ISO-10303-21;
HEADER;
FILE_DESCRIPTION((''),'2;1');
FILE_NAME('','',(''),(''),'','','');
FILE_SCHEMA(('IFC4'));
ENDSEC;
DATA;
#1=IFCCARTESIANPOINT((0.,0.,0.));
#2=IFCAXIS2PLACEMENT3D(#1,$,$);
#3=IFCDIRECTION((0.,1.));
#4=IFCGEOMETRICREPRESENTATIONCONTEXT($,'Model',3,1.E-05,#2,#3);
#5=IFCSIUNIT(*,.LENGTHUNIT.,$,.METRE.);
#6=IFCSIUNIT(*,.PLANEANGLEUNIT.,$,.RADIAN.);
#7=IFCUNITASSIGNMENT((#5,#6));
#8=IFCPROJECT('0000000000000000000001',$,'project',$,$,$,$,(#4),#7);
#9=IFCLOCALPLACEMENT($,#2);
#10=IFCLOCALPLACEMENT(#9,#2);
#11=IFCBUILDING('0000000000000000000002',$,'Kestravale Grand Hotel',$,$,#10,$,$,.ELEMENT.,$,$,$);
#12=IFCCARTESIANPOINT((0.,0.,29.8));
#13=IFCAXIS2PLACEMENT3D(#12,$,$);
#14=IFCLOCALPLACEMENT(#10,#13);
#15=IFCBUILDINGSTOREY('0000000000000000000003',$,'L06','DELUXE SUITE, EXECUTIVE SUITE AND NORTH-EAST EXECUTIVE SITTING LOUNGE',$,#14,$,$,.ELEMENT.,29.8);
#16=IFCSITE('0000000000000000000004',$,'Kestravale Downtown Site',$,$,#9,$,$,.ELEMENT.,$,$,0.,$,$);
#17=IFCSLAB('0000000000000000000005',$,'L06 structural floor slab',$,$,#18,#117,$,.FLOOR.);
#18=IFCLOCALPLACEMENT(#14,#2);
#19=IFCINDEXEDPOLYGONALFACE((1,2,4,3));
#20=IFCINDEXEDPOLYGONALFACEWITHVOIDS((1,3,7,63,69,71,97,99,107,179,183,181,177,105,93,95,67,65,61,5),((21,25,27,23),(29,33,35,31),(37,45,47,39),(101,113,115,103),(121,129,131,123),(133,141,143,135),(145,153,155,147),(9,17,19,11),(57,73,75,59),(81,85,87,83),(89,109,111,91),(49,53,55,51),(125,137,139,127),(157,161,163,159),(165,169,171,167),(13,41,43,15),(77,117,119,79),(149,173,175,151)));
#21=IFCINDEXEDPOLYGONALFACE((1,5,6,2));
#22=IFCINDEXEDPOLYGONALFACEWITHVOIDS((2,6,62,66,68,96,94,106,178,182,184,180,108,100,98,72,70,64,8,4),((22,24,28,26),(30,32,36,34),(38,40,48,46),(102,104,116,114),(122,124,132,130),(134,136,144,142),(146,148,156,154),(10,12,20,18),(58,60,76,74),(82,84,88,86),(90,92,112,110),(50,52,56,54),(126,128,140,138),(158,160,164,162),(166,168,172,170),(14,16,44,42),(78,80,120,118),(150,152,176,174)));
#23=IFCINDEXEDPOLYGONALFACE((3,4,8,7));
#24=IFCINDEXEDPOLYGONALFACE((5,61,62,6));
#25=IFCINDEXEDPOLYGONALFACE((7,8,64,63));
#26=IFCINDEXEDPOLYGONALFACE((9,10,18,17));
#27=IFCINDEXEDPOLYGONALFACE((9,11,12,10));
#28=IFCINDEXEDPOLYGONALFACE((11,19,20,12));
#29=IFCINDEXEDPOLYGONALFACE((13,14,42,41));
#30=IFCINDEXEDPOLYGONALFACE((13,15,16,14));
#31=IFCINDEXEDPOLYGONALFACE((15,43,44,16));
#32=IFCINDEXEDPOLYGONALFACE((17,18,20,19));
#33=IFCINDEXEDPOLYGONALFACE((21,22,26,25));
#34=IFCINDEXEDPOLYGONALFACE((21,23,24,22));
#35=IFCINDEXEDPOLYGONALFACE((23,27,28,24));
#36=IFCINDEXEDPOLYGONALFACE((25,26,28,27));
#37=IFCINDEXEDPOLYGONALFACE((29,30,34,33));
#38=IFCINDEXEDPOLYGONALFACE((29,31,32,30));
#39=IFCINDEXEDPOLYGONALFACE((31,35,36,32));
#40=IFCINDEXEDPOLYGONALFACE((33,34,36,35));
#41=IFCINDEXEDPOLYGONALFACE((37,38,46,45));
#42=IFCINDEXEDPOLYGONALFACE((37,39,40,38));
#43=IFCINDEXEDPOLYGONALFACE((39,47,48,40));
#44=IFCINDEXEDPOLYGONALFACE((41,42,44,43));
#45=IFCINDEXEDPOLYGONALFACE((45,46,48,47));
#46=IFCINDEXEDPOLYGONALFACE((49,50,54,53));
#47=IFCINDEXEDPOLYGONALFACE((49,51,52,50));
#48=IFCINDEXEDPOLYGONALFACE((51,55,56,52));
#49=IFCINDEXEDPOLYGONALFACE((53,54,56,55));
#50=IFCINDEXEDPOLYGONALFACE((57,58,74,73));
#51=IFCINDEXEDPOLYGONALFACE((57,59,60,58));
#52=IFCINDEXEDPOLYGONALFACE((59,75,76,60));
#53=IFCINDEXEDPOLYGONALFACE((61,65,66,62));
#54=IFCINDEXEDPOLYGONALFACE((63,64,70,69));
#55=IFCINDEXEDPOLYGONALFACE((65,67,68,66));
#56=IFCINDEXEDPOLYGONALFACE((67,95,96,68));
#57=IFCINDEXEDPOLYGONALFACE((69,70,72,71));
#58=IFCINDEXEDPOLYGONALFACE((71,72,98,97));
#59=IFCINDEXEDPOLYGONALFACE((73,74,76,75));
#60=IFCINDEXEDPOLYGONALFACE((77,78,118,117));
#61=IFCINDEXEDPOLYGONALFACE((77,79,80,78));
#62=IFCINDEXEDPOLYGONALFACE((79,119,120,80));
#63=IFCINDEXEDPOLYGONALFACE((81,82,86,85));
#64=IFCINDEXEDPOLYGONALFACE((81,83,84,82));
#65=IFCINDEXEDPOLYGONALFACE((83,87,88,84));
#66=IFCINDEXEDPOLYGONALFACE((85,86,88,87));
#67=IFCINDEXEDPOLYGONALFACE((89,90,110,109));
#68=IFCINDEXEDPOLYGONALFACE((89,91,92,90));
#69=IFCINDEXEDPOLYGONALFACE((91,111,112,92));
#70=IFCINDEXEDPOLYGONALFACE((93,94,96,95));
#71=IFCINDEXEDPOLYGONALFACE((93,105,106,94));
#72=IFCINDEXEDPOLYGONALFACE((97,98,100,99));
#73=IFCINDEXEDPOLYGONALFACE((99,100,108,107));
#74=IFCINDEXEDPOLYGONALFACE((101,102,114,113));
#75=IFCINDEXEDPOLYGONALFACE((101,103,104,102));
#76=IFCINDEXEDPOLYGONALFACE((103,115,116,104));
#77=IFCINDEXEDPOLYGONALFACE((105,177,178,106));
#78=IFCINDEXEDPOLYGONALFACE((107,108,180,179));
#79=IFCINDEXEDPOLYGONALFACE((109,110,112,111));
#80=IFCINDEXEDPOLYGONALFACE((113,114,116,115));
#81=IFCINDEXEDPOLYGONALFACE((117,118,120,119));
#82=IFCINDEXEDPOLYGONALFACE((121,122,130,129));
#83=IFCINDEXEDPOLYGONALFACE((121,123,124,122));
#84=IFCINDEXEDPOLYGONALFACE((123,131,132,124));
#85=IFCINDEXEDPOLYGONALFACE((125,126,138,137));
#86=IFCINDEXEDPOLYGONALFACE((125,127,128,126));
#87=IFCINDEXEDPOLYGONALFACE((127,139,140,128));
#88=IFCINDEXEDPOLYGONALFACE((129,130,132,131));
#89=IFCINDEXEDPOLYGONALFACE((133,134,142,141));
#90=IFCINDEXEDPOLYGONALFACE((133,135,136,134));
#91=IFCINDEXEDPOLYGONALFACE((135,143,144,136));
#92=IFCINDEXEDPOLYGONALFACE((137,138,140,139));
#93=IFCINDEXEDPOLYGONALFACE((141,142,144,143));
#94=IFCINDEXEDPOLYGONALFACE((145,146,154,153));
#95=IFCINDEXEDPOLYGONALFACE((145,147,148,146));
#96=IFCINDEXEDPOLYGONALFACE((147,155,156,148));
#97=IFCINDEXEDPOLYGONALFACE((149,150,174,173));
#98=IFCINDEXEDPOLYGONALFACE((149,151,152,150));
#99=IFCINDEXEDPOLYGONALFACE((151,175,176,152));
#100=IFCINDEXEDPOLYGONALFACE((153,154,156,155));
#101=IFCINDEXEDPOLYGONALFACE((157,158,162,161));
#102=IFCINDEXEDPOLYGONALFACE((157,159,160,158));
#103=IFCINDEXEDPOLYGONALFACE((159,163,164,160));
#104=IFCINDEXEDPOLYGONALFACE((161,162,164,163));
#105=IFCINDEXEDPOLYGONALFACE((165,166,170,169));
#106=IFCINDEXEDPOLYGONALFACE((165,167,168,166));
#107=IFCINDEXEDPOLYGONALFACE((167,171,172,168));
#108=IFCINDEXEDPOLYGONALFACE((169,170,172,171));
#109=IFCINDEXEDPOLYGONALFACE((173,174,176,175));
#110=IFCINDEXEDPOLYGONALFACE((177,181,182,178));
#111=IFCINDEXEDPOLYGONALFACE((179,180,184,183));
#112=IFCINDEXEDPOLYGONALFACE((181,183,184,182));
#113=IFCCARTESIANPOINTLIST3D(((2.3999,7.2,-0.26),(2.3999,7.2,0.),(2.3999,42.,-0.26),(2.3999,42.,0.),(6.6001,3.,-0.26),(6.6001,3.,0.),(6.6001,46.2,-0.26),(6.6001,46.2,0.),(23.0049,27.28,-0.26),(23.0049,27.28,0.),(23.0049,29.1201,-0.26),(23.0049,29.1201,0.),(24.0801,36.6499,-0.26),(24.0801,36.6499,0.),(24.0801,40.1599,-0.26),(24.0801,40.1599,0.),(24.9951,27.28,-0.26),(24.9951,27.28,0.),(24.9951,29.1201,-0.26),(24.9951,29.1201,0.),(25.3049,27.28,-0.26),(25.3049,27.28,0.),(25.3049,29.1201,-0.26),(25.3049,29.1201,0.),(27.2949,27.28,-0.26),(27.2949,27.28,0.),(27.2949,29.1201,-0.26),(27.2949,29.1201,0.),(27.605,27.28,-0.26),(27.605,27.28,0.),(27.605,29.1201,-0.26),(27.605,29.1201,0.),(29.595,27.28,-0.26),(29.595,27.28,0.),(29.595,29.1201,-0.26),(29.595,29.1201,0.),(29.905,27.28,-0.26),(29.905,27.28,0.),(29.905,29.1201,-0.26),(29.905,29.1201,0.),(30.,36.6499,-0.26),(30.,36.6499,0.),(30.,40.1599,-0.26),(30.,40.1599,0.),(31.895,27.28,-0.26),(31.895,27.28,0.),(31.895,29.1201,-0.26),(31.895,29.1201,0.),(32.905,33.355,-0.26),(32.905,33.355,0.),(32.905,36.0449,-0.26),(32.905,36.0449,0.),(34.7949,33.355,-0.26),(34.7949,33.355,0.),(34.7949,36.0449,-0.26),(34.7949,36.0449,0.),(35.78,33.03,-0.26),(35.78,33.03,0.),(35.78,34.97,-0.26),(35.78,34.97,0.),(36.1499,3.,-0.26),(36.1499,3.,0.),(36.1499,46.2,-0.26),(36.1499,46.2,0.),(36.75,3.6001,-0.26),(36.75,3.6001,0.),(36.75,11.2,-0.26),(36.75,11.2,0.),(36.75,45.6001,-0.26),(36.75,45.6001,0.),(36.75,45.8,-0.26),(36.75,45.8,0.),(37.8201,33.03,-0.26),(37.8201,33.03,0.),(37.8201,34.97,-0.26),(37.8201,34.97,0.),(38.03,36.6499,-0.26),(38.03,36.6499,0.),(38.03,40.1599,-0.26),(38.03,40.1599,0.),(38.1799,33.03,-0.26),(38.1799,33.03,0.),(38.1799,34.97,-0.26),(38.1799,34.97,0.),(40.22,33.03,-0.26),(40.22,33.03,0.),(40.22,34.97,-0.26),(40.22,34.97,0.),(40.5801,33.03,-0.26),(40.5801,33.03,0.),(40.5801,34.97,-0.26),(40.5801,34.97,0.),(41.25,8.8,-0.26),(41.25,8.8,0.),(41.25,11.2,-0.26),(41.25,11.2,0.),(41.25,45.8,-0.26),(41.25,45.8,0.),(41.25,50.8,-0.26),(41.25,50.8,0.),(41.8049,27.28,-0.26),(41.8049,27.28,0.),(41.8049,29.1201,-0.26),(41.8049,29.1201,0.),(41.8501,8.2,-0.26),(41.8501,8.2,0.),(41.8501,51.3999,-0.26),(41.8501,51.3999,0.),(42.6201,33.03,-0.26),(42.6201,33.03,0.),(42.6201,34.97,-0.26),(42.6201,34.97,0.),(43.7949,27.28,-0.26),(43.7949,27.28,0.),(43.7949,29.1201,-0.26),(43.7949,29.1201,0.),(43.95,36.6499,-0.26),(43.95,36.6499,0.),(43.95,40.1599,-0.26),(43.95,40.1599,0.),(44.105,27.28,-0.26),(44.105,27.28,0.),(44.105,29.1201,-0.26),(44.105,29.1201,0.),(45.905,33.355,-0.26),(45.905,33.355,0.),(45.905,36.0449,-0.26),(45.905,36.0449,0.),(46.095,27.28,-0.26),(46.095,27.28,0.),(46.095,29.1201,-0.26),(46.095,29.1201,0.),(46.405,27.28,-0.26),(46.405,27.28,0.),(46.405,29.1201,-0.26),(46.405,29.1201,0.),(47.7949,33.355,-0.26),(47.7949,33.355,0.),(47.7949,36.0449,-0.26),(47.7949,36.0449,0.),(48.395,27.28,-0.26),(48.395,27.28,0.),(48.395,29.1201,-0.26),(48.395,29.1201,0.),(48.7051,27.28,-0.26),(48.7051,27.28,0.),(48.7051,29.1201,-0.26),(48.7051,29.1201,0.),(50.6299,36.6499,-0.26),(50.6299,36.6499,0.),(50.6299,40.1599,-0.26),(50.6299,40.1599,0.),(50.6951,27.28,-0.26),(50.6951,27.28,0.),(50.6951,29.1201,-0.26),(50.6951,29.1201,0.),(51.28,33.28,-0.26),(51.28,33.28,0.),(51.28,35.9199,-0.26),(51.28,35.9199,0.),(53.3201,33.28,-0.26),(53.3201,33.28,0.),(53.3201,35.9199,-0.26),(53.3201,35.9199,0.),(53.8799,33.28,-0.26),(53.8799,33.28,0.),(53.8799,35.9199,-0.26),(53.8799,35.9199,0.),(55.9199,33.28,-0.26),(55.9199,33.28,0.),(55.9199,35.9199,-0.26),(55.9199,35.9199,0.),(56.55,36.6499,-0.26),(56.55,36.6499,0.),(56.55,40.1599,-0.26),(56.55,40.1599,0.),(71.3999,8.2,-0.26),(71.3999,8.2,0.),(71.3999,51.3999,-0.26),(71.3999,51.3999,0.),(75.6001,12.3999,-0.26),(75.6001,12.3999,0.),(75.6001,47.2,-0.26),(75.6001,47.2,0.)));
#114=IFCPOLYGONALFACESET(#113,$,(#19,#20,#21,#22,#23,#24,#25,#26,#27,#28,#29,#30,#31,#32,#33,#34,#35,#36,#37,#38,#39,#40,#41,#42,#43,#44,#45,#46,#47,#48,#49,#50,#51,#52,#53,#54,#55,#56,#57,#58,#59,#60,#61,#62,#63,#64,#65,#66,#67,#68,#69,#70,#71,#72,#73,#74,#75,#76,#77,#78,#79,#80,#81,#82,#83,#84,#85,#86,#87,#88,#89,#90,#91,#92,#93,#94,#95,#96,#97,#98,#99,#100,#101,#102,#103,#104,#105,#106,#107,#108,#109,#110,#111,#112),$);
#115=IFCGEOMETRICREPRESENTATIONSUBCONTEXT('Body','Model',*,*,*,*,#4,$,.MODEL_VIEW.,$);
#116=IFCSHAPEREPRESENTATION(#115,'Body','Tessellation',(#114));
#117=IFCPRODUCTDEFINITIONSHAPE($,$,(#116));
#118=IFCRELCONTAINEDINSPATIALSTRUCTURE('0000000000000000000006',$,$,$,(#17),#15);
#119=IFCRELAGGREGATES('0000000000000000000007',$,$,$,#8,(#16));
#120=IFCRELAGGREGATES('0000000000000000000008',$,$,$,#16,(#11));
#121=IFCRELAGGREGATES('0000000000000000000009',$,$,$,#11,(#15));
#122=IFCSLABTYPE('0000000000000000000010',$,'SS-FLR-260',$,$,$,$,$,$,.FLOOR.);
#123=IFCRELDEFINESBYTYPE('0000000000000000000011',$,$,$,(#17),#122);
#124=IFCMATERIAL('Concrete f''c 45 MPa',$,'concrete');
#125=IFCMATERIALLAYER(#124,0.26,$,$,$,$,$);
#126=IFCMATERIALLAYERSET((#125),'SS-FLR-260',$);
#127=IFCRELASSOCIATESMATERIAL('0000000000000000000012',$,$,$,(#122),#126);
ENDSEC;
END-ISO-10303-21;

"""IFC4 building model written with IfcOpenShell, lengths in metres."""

from ifc_helpers import new_model, si_unit, direction, frame, origin, place, context, subcontext, project, spatial, polyline, outline, extrude, material, layer, layer_set, type_object, element, save


model = new_model("IFC4")

# Units and contexts
model_context = context("Model", 3, precision=1e-05, world=origin(), true_north=direction((0.0, 1.0)))
body_context = subcontext(model_context, "Body", "Model", "MODEL_VIEW")
ifc_project = project(units=[si_unit("LENGTHUNIT", "METRE"), si_unit("PLANEANGLEUNIT", "RADIAN")], contexts=[model_context])

# Site, building, storey
site_placement = place(None, origin())
site = spatial("IfcSite", under=ifc_project, at=site_placement, Name="Kestravale Downtown Site", CompositionType="ELEMENT", RefElevation=0.0)
building_placement = place(site_placement, origin())
building = spatial("IfcBuilding", under=site, at=building_placement, Name="Kestravale Grand Hotel", CompositionType="ELEMENT")
storey_placement = place(building_placement, frame((0.0, 0.0, 29.8)))
storey = spatial("IfcBuildingStorey", under=building, at=storey_placement, Name="L06", Description="DELUXE SUITE, EXECUTIVE SUITE AND NORTH-EAST EXECUTIVE SITTING LOUNGE", CompositionType="ELEMENT", Elevation=29.8)

# Slab
ifc_material_1 = material(Name="Concrete f'c 45 MPa", Category="concrete")
ifc_layer_1 = layer(ifc_material_1, 0.26)
ifc_layer_set_1 = layer_set([ifc_layer_1], Name="SS-FLR-260")
slab_type_1 = type_object("IfcSlabType", Name="SS-FLR-260", PredefinedType="FLOOR", material=ifc_layer_set_1)
slab_1_placement = place(storey_placement, frame((0.0, 0.0, -0.26)))
element("IfcSlab", 1, at=slab_1_placement, inside=storey, type_object=slab_type_1, Name="L06 structural floor slab", PredefinedType="FLOOR", context=body_context, shape_type="SweptSolid", body=[
    extrude(outline(polyline([(6.6001, 3.0), (36.1499, 3.0), (36.75, 3.6001), (36.75, 11.2), (41.25, 11.2), (41.25, 8.8), (41.8501, 8.2), (71.3999, 8.2), (75.6001, 12.3999), (75.6001, 47.2), (71.3999, 51.3999), (41.8501, 51.3999), (41.25, 50.8), (41.25, 45.8), (36.75, 45.8), (36.75, 45.6001), (36.1499, 46.2), (6.6001, 46.2), (2.3999, 42.0), (2.3999, 7.2), (6.6001, 3.0)]), holes=[polyline([(24.0801, 36.6499), (30.0, 36.6499), (30.0, 40.1599), (24.0801, 40.1599), (24.0801, 36.6499)]), polyline([(38.03, 36.6499), (43.95, 36.6499), (43.95, 40.1599), (38.03, 40.1599), (38.03, 36.6499)]), polyline([(50.6299, 36.6499), (56.55, 36.6499), (56.55, 40.1599), (50.6299, 40.1599), (50.6299, 36.6499)]), polyline([(23.0049, 27.28), (24.9951, 27.28), (24.9951, 29.1201), (23.0049, 29.1201), (23.0049, 27.28)]), polyline([(25.3049, 27.28), (27.2949, 27.28), (27.2949, 29.1201), (25.3049, 29.1201), (25.3049, 27.28)]), polyline([(27.605, 27.28), (29.595, 27.28), (29.595, 29.1201), (27.605, 29.1201), (27.605, 27.28)]), polyline([(29.905, 27.28), (31.895, 27.28), (31.895, 29.1201), (29.905, 29.1201), (29.905, 27.28)]), polyline([(41.8049, 27.28), (43.7949, 27.28), (43.7949, 29.1201), (41.8049, 29.1201), (41.8049, 27.28)]), polyline([(44.105, 27.28), (46.095, 27.28), (46.095, 29.1201), (44.105, 29.1201), (44.105, 27.28)]), polyline([(46.405, 27.28), (48.395, 27.28), (48.395, 29.1201), (46.405, 29.1201), (46.405, 27.28)]), polyline([(48.7051, 27.28), (50.6951, 27.28), (50.6951, 29.1201), (48.7051, 29.1201), (48.7051, 27.28)]), polyline([(35.78, 33.03), (37.8201, 33.03), (37.8201, 34.97), (35.78, 34.97), (35.78, 33.03)]), polyline([(38.1799, 33.03), (40.22, 33.03), (40.22, 34.97), (38.1799, 34.97), (38.1799, 33.03)]), polyline([(40.5801, 33.03), (42.6201, 33.03), (42.6201, 34.97), (40.5801, 34.97), (40.5801, 33.03)]), polyline([(32.905, 33.355), (34.7949, 33.355), (34.7949, 36.0449), (32.905, 36.0449), (32.905, 33.355)]), polyline([(45.905, 33.355), (47.7949, 33.355), (47.7949, 36.0449), (45.905, 36.0449), (45.905, 33.355)]), polyline([(51.28, 33.28), (53.3201, 33.28), (53.3201, 35.9199), (51.28, 35.9199), (51.28, 33.28)]), polyline([(53.8799, 33.28), (55.9199, 33.28), (55.9199, 35.9199), (53.8799, 35.9199), (53.8799, 33.28)])]), origin(), (0.0, 0.0, 1.0), 0.26),
])

save(model, "model.ifc")
